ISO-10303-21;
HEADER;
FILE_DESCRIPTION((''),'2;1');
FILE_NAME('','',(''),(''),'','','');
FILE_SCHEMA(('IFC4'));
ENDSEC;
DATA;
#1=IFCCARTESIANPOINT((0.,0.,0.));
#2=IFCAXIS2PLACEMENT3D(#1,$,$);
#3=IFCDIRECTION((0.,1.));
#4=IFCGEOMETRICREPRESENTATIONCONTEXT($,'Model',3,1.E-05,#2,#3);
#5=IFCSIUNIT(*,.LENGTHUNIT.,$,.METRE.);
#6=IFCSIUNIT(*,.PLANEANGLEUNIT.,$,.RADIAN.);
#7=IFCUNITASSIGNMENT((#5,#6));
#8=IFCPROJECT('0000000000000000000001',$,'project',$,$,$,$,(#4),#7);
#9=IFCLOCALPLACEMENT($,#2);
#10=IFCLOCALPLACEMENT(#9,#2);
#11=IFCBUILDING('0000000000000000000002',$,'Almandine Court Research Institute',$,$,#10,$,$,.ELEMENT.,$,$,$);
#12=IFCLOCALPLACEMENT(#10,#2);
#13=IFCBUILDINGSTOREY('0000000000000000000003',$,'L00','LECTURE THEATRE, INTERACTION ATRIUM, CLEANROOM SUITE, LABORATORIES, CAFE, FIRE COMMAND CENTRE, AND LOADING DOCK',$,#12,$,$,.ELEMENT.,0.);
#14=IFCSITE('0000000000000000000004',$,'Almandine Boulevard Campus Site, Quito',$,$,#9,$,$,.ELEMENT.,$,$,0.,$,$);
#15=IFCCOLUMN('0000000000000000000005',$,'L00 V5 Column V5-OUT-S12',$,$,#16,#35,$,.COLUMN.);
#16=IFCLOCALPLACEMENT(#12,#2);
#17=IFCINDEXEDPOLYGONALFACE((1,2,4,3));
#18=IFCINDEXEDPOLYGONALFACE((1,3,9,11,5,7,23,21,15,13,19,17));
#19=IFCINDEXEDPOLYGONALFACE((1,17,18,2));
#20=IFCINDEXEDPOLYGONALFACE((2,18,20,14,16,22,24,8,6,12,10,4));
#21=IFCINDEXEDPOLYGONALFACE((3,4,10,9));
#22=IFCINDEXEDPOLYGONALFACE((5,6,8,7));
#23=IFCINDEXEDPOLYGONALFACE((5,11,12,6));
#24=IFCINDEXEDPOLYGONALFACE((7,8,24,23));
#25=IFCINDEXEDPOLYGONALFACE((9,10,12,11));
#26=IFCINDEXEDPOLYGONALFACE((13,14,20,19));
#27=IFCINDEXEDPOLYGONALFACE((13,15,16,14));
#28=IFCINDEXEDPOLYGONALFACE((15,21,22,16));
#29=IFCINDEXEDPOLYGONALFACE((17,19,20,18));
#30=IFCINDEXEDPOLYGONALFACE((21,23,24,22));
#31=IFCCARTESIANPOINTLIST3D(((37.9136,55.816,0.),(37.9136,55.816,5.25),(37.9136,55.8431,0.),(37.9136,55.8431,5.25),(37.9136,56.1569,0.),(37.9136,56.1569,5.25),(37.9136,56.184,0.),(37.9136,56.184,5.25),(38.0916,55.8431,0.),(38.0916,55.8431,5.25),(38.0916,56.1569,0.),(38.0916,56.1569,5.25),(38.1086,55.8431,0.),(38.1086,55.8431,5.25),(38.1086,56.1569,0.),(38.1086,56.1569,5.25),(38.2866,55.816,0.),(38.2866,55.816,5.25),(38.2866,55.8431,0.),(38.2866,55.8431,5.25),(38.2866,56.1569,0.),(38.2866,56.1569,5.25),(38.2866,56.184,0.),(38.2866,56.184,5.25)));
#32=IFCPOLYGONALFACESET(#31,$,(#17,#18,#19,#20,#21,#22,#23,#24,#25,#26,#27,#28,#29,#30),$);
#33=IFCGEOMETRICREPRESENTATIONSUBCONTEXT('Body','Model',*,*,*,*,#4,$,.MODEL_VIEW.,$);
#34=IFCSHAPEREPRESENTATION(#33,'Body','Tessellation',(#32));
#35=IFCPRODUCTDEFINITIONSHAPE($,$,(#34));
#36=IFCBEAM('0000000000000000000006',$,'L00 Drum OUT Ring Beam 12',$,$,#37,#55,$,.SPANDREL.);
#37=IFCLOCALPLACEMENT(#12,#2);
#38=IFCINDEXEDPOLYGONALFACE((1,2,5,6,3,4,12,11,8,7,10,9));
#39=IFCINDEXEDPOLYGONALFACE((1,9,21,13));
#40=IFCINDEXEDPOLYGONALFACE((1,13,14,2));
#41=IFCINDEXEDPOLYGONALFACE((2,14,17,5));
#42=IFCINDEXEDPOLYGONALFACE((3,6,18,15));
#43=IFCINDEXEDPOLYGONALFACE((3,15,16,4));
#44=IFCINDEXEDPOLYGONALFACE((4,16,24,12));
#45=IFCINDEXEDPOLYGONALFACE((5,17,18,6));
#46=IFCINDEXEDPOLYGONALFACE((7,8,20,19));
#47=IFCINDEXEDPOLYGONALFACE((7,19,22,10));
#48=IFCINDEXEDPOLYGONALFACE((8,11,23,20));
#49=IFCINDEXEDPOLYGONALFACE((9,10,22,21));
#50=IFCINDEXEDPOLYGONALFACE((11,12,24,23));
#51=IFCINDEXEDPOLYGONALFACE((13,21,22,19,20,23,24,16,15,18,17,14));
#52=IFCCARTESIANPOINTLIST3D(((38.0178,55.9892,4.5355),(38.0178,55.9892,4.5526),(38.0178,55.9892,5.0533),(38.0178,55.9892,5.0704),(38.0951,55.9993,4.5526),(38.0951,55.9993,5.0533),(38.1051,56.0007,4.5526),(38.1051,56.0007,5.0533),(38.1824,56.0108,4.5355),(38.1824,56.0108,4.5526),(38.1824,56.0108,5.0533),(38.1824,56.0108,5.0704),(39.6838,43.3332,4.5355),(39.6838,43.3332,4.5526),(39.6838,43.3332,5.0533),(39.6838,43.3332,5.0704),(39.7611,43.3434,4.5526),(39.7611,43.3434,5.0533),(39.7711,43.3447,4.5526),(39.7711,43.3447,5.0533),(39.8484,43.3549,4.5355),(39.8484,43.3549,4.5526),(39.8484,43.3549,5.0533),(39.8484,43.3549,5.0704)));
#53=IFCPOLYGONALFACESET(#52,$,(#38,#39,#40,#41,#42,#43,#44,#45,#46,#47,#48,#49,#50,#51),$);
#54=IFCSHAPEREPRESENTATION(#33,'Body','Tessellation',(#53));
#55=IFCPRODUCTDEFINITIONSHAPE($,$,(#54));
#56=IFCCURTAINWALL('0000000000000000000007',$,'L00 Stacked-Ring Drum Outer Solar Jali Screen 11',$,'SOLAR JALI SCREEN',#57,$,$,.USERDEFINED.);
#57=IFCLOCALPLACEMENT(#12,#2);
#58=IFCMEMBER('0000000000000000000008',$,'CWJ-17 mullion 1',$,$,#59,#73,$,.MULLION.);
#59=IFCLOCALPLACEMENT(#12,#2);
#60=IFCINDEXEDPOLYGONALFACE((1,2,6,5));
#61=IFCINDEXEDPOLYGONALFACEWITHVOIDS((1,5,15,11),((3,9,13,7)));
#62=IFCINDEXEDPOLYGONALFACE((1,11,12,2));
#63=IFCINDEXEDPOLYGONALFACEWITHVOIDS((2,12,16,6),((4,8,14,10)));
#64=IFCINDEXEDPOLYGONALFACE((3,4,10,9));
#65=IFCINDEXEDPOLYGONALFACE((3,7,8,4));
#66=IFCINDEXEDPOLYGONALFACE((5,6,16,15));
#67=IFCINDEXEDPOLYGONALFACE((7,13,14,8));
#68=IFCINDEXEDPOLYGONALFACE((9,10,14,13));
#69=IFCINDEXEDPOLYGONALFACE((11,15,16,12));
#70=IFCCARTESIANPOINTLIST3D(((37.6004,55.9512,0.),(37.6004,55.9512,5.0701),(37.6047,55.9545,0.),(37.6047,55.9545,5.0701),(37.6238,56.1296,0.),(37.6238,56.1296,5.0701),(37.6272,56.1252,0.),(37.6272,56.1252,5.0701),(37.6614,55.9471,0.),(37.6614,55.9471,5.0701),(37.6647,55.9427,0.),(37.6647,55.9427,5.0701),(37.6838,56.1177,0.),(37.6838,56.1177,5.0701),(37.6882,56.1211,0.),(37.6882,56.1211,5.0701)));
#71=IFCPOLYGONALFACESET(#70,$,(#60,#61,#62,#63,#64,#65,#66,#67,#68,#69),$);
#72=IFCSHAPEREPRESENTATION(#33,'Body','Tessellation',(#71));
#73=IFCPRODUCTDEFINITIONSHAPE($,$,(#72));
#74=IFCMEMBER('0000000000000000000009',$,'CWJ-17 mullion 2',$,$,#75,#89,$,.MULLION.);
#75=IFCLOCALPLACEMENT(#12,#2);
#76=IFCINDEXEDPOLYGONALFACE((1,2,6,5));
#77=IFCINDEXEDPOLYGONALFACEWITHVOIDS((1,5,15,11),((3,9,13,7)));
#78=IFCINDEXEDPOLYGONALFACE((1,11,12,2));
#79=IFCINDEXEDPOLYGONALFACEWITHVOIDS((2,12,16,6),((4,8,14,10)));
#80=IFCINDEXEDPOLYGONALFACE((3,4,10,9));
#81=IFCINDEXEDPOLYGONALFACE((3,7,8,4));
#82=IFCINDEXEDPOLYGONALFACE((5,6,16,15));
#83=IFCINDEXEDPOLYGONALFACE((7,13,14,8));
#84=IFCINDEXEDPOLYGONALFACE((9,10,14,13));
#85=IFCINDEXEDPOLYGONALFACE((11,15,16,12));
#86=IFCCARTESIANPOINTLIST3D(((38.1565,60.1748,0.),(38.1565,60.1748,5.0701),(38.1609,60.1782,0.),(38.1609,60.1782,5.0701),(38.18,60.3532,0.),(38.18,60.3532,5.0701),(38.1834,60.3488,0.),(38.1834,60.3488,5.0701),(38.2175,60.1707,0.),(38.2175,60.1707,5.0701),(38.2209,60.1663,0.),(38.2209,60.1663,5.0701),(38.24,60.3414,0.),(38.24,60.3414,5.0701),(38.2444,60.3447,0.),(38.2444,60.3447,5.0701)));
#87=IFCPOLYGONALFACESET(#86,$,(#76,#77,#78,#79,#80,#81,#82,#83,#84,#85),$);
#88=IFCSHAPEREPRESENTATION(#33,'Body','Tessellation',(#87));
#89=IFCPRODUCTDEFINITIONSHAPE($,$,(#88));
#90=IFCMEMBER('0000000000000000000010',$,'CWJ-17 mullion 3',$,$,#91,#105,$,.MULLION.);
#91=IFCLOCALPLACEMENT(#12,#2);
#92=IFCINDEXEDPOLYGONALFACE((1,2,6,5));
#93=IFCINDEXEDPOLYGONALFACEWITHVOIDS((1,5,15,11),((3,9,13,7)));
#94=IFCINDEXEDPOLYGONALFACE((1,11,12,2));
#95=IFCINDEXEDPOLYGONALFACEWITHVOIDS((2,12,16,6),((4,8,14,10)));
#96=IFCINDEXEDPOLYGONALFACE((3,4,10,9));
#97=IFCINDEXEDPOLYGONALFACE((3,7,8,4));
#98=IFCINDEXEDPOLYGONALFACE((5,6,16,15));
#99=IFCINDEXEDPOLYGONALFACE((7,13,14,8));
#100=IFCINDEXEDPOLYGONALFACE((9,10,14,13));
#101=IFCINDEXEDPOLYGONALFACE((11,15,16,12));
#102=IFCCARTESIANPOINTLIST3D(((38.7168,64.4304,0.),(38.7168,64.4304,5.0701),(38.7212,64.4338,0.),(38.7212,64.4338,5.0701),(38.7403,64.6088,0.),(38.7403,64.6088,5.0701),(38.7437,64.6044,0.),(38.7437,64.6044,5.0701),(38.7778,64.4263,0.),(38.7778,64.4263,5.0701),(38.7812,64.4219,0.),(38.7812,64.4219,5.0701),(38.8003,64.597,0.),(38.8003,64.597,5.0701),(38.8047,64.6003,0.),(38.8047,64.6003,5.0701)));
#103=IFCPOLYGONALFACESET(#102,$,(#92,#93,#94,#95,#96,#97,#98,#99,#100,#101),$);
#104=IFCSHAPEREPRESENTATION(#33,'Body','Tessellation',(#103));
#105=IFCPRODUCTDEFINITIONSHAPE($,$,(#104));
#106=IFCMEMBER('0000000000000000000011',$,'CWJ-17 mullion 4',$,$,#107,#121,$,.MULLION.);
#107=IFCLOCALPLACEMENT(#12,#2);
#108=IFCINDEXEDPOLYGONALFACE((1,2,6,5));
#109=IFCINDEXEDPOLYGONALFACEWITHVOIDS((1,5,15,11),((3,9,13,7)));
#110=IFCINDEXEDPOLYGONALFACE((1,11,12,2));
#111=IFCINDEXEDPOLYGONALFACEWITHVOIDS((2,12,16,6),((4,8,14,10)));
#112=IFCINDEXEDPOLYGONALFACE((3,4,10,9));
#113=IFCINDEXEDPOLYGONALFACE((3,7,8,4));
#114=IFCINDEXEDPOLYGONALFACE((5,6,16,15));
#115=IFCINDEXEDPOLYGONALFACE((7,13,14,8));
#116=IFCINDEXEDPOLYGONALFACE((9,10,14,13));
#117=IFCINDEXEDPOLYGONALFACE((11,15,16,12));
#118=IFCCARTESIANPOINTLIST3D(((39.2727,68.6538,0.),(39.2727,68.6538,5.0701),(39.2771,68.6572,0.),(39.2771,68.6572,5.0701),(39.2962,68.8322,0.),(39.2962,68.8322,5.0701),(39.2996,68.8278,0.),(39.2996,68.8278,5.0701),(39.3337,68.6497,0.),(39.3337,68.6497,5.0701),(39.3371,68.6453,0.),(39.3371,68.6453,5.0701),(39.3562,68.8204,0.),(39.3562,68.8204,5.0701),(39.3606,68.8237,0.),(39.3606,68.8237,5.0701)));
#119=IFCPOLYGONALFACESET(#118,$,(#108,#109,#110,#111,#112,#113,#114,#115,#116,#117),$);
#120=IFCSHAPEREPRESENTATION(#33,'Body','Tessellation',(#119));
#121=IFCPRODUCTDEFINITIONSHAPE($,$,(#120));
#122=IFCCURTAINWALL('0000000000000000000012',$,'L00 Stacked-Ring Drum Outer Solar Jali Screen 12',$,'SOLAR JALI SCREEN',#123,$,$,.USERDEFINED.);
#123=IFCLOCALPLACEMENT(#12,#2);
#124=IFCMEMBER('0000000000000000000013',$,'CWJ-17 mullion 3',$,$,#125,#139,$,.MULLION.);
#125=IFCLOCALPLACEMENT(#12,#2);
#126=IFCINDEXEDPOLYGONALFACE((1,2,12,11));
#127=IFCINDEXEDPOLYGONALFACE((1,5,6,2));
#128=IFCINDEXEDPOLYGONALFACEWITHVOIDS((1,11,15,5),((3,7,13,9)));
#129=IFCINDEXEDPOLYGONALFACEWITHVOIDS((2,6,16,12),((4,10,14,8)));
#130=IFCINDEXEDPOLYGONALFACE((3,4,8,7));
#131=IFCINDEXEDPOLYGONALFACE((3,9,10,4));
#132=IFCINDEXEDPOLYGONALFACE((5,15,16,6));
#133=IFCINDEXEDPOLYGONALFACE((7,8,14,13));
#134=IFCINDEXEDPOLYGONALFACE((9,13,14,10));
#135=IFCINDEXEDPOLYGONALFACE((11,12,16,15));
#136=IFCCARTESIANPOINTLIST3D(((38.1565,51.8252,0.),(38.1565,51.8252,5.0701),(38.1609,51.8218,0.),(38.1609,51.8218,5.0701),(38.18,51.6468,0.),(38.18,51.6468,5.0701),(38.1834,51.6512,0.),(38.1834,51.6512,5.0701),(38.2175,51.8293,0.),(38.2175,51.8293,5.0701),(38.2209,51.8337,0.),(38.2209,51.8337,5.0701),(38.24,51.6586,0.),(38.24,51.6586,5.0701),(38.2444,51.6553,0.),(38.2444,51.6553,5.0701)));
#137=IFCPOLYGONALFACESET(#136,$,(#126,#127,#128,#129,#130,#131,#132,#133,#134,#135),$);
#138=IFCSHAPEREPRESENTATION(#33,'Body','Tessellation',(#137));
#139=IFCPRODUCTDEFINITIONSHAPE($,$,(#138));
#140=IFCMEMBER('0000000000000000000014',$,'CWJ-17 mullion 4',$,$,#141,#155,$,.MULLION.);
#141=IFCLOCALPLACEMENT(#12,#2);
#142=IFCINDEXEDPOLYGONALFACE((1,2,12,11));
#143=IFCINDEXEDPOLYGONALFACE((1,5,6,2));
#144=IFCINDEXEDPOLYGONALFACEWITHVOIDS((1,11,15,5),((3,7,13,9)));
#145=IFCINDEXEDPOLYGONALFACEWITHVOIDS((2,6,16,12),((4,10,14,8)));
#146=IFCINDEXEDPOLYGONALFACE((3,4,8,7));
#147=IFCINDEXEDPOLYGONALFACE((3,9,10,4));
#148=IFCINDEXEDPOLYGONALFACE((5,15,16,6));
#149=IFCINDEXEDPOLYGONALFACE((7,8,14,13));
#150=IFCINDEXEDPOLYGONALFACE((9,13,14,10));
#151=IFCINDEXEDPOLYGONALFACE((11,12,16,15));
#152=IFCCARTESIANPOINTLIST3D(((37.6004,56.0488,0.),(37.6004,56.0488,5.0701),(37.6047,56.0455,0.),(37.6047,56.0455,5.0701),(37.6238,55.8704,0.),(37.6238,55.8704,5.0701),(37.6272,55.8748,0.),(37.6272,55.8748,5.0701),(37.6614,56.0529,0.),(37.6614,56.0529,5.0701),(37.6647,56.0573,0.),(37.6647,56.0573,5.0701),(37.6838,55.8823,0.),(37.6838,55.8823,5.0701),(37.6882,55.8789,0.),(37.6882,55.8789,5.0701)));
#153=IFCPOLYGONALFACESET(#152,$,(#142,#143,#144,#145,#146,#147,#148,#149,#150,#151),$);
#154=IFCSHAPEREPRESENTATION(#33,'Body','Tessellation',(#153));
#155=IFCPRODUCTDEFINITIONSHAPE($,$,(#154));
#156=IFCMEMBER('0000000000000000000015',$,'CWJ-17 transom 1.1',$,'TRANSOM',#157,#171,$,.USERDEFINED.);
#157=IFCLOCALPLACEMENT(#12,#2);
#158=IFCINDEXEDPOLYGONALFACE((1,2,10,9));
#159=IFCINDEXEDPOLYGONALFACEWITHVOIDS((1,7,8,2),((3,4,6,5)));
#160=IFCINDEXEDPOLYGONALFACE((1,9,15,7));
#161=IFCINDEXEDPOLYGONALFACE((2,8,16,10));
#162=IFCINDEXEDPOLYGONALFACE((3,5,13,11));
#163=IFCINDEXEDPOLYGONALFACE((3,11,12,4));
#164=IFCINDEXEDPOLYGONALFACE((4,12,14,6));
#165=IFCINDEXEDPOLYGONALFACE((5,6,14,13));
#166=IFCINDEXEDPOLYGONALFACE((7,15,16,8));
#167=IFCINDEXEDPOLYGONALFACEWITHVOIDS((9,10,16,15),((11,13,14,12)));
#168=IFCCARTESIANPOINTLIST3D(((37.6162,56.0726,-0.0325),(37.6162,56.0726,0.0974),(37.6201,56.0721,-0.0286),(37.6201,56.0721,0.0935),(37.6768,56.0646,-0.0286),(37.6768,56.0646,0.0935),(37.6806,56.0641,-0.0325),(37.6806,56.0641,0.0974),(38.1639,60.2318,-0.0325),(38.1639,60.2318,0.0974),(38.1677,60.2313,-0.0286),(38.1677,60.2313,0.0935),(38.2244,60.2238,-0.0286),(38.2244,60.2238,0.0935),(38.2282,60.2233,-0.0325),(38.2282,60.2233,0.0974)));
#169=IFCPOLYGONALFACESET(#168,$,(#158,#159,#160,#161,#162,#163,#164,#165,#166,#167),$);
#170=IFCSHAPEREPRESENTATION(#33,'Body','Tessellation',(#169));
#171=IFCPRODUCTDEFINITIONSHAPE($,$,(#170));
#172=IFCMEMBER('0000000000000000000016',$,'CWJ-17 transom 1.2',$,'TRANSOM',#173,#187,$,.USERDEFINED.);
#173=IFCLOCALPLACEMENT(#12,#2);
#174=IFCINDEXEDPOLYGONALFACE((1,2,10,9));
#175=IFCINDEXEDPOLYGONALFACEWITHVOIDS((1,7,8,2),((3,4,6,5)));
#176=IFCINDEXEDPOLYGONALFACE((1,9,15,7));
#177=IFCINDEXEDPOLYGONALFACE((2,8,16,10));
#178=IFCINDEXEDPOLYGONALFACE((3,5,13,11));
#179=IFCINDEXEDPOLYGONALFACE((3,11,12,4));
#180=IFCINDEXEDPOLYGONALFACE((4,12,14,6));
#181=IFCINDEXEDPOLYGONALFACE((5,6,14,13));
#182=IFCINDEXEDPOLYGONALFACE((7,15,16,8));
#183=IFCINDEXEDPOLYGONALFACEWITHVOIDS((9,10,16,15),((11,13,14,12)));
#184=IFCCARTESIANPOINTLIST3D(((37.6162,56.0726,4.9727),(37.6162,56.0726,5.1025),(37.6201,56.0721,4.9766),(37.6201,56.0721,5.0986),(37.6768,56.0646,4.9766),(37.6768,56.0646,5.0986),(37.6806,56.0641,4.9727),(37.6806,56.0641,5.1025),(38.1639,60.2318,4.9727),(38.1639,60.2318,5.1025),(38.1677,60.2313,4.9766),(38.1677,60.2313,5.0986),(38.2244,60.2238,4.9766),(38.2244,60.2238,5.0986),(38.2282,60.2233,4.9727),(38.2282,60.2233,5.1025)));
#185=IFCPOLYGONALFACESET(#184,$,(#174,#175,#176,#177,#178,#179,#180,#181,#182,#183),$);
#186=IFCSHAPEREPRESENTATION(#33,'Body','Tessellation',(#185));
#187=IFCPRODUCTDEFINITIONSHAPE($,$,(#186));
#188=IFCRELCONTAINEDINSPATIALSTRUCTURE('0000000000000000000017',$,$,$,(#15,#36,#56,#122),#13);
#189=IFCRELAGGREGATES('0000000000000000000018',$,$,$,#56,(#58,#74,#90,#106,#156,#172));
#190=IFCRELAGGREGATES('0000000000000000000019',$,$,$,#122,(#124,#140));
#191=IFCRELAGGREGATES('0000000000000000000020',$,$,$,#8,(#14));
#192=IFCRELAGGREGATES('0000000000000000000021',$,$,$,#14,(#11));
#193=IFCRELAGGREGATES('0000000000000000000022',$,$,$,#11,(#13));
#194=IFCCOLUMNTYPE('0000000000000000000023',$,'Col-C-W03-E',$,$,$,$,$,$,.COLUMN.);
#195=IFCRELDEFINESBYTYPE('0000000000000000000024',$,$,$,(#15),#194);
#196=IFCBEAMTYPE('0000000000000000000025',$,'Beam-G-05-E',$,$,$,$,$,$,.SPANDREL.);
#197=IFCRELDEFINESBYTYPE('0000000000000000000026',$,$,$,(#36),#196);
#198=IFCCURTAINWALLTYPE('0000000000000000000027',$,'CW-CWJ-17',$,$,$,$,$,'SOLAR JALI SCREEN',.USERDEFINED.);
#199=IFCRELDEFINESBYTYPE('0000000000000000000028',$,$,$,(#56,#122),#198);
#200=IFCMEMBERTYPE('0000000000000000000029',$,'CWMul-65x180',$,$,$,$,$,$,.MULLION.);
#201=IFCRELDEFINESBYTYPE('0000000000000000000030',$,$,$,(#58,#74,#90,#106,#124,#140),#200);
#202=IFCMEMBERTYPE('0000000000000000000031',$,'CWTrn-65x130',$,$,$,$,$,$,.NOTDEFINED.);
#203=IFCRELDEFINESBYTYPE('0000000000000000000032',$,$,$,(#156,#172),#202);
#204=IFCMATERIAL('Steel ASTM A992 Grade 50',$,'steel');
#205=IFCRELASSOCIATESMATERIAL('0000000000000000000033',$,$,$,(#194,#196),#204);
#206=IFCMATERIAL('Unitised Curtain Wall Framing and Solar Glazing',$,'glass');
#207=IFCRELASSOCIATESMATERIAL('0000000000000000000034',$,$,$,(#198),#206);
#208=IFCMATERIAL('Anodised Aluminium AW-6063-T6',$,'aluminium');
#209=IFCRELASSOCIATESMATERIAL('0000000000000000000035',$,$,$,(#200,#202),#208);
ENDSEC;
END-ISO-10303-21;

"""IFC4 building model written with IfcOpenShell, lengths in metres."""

from ifc_helpers import new_model, si_unit, direction, frame, origin, origin_2d, place, context, subcontext, project, spatial, hollow_rectangle, i_section, extrude, material, material_profile, profile_set, type_object, element, aggregate, save


model = new_model("IFC4")

# Units and contexts
model_context = context("Model", 3, precision=1e-05, world=origin(), true_north=direction((0.0, 1.0)))
body_context = subcontext(model_context, "Body", "Model", "MODEL_VIEW")
ifc_project = project(units=[si_unit("LENGTHUNIT", "METRE"), si_unit("PLANEANGLEUNIT", "RADIAN")], contexts=[model_context])

# Site, building, storey
site_placement = place(None, origin())
site = spatial("IfcSite", under=ifc_project, at=site_placement, Name="Almandine Boulevard Campus Site, Quito", CompositionType="ELEMENT", RefElevation=0.0)
building_placement = place(site_placement, origin())
building = spatial("IfcBuilding", under=site, at=building_placement, Name="Almandine Court Research Institute", CompositionType="ELEMENT")
storey_placement = place(building_placement, origin())
storey = spatial("IfcBuildingStorey", under=building, at=storey_placement, Name="L00", Description="LECTURE THEATRE, INTERACTION ATRIUM, CLEANROOM SUITE, LABORATORIES, CAFE, FIRE COMMAND CENTRE, AND LOADING DOCK", CompositionType="ELEMENT", Elevation=0.0)

# Column
ifc_material_1 = material(Name="Steel ASTM A992 Grade 50", Category="steel")
ifc_material_profile_1 = material_profile(ifc_material_1, i_section(OverallWidth=0.373, OverallDepth=0.3679, WebThickness=0.0171, FlangeThickness=0.0271, at=origin_2d()), Name="W360x179")
ifc_profile_set_1 = profile_set([ifc_material_profile_1], Name="Steel ASTM A992 Grade 50")
column_type = type_object("IfcColumnType", Name="Col-C-W03-E", PredefinedType="COLUMN", material=ifc_profile_set_1)
column_placement = place(storey_placement, frame((38.1001, 56.0, 0.0), z_axis=(0.0, 0.0, 1.0), x_axis=(1.0, 0.0, 0.0)))
element("IfcColumn", 1, at=column_placement, inside=storey, type_object=column_type, Name="L00 V5 Column V5-OUT-S12", PredefinedType="COLUMN", context=body_context, shape_type="SweptSolid", body=[
    extrude(i_section(OverallWidth=0.373, OverallDepth=0.3679, WebThickness=0.0171, FlangeThickness=0.0271, at=origin_2d()), origin(), (0.0, 0.0, 1.0), 5.25),
])

# Beam
ifc_material_profile_2 = material_profile(ifc_material_1, i_section(OverallWidth=0.166, OverallDepth=0.5349, WebThickness=0.01, FlangeThickness=0.0171, at=origin_2d()), Name="W530x85")
ifc_profile_set_2 = profile_set([ifc_material_profile_2], Name="Steel ASTM A992 Grade 50")
beam_type = type_object("IfcBeamType", Name="Beam-G-05-E", PredefinedType="SPANDREL", material=ifc_profile_set_2)
beam_placement = place(storey_placement, frame((38.1001, 56.0, 4.803), z_axis=(0.130512, -0.991447, 0.0), x_axis=(0.991447, 0.130512, 0.0)))
element("IfcBeam", 2, at=beam_placement, inside=storey, type_object=beam_type, Name="L00 Drum OUT Ring Beam 12", PredefinedType="SPANDREL", context=body_context, shape_type="SweptSolid", body=[
    extrude(i_section(OverallWidth=0.166, OverallDepth=0.5349, WebThickness=0.01, FlangeThickness=0.0171, at=origin_2d()), origin(), (0.0, 0.0, 1.0), 12.7651),
])

# Curtain walls, members
ifc_material_2 = material(Name="Unitised Curtain Wall Framing and Solar Glazing", Category="glass")
curtain_wall_type = type_object("IfcCurtainWallType", Name="CW-CWJ-17", ElementType="SOLAR JALI SCREEN", PredefinedType="USERDEFINED", material=ifc_material_2)
curtain_wall_1_placement = place(storey_placement, origin())
curtain_wall_1 = element("IfcCurtainWall", 3, at=curtain_wall_1_placement, inside=storey, type_object=curtain_wall_type, Name="L00 Stacked-Ring Drum Outer Solar Jali Screen 11", ObjectType="SOLAR JALI SCREEN", PredefinedType="USERDEFINED")
ifc_material_3 = material(Name="Anodised Aluminium AW-6063-T6", Category="aluminium")
ifc_material_profile_3 = material_profile(ifc_material_3, hollow_rectangle(XDim=0.0649, YDim=0.1799, WallThickness=0.0039, at=origin_2d()), Name="ALU RHS 65x180x4")
ifc_profile_set_3 = profile_set([ifc_material_profile_3], Name="Anodised Aluminium AW-6063-T6")
member_type_1 = type_object("IfcMemberType", Name="CWMul-65x180", PredefinedType="MULLION", material=ifc_profile_set_3)
member_1_placement = place(storey_placement, frame((37.6443, 56.0361, 0.0), z_axis=(0.0, 0.0, 1.0), x_axis=(-0.991443, 0.130541, 0.0)))
member_1 = element("IfcMember", 4, at=member_1_placement, type_object=member_type_1, Name="CWJ-17 mullion 1", PredefinedType="MULLION", context=body_context, shape_type="SweptSolid", body=[
    extrude(hollow_rectangle(XDim=0.0649, YDim=0.1799, WallThickness=0.0039, at=origin_2d()), origin(), (0.0, 0.0, 1.0), 5.0701),
])
member_2_placement = place(storey_placement, frame((38.2004, 60.2598, 0.0), z_axis=(0.0, 0.0, 1.0), x_axis=(-0.991443, 0.130541, 0.0)))
member_2 = element("IfcMember", 5, at=member_2_placement, type_object=member_type_1, Name="CWJ-17 mullion 2", PredefinedType="MULLION", context=body_context, shape_type="SweptSolid", body=[
    extrude(hollow_rectangle(XDim=0.0649, YDim=0.1799, WallThickness=0.0039, at=origin_2d()), origin(), (0.0, 0.0, 1.0), 5.0701),
])
member_3_placement = place(storey_placement, frame((38.7607, 64.5154, 0.0), z_axis=(0.0, 0.0, 1.0), x_axis=(-0.991443, 0.130541, 0.0)))
member_3 = element("IfcMember", 6, at=member_3_placement, type_object=member_type_1, Name="CWJ-17 mullion 3", PredefinedType="MULLION", context=body_context, shape_type="SweptSolid", body=[
    extrude(hollow_rectangle(XDim=0.0649, YDim=0.1799, WallThickness=0.0039, at=origin_2d()), origin(), (0.0, 0.0, 1.0), 5.0701),
])
member_4_placement = place(storey_placement, frame((39.3167, 68.7388, 0.0), z_axis=(0.0, 0.0, 1.0), x_axis=(-0.991443, 0.130541, 0.0)))
member_4 = element("IfcMember", 7, at=member_4_placement, type_object=member_type_1, Name="CWJ-17 mullion 4", PredefinedType="MULLION", context=body_context, shape_type="SweptSolid", body=[
    extrude(hollow_rectangle(XDim=0.0649, YDim=0.1799, WallThickness=0.0039, at=origin_2d()), origin(), (0.0, 0.0, 1.0), 5.0701),
])
curtain_wall_2_placement = place(storey_placement, origin())
curtain_wall_2 = element("IfcCurtainWall", 8, at=curtain_wall_2_placement, inside=storey, type_object=curtain_wall_type, Name="L00 Stacked-Ring Drum Outer Solar Jali Screen 12", ObjectType="SOLAR JALI SCREEN", PredefinedType="USERDEFINED")
member_5_placement = place(storey_placement, frame((38.2004, 51.7402, 0.0), z_axis=(0.0, 0.0, 1.0), x_axis=(-0.991443, -0.130541, 0.0)))
member_5 = element("IfcMember", 9, at=member_5_placement, type_object=member_type_1, Name="CWJ-17 mullion 3", PredefinedType="MULLION", context=body_context, shape_type="SweptSolid", body=[
    extrude(hollow_rectangle(XDim=0.0649, YDim=0.1799, WallThickness=0.0039, at=origin_2d()), origin(), (0.0, 0.0, 1.0), 5.0701),
])
member_6_placement = place(storey_placement, frame((37.6443, 55.9639, 0.0), z_axis=(0.0, 0.0, 1.0), x_axis=(-0.991443, -0.130541, 0.0)))
member_6 = element("IfcMember", 10, at=member_6_placement, type_object=member_type_1, Name="CWJ-17 mullion 4", PredefinedType="MULLION", context=body_context, shape_type="SweptSolid", body=[
    extrude(hollow_rectangle(XDim=0.0649, YDim=0.1799, WallThickness=0.0039, at=origin_2d()), origin(), (0.0, 0.0, 1.0), 5.0701),
])

# Members
ifc_material_profile_4 = material_profile(ifc_material_3, hollow_rectangle(XDim=0.0649, YDim=0.1299, WallThickness=0.0039, at=origin_2d()), Name="ALU RHS 65x130x4")
ifc_profile_set_4 = profile_set([ifc_material_profile_4], Name="Anodised Aluminium AW-6063-T6")
member_type_2 = type_object("IfcMemberType", Name="CWTrn-65x130", PredefinedType="NOTDEFINED", material=ifc_profile_set_4)
member_7_placement = place(storey_placement, frame((37.6484, 56.0684, 0.0325), z_axis=(0.130536, 0.991444, 0.0), x_axis=(-0.991444, 0.130536, 0.0)))
member_7 = element("IfcMember", 11, at=member_7_placement, type_object=member_type_2, Name="CWJ-17 transom 1.1", ObjectType="TRANSOM", PredefinedType="USERDEFINED", context=body_context, shape_type="SweptSolid", body=[
    extrude(hollow_rectangle(XDim=0.0649, YDim=0.1299, WallThickness=0.0039, at=origin_2d()), origin(), (0.0, 0.0, 1.0), 4.1951),
])
member_8_placement = place(storey_placement, frame((37.6484, 56.0684, 5.0376), z_axis=(0.130536, 0.991444, 0.0), x_axis=(-0.991444, 0.130536, 0.0)))
member_8 = element("IfcMember", 12, at=member_8_placement, type_object=member_type_2, Name="CWJ-17 transom 1.2", ObjectType="TRANSOM", PredefinedType="USERDEFINED", context=body_context, shape_type="SweptSolid", body=[
    extrude(hollow_rectangle(XDim=0.0649, YDim=0.1299, WallThickness=0.0039, at=origin_2d()), origin(), (0.0, 0.0, 1.0), 4.1951),
])

aggregate(curtain_wall_1, [member_1, member_2, member_3, member_4, member_7, member_8])
aggregate(curtain_wall_2, [member_5, member_6])

save(model, "model.ifc")
